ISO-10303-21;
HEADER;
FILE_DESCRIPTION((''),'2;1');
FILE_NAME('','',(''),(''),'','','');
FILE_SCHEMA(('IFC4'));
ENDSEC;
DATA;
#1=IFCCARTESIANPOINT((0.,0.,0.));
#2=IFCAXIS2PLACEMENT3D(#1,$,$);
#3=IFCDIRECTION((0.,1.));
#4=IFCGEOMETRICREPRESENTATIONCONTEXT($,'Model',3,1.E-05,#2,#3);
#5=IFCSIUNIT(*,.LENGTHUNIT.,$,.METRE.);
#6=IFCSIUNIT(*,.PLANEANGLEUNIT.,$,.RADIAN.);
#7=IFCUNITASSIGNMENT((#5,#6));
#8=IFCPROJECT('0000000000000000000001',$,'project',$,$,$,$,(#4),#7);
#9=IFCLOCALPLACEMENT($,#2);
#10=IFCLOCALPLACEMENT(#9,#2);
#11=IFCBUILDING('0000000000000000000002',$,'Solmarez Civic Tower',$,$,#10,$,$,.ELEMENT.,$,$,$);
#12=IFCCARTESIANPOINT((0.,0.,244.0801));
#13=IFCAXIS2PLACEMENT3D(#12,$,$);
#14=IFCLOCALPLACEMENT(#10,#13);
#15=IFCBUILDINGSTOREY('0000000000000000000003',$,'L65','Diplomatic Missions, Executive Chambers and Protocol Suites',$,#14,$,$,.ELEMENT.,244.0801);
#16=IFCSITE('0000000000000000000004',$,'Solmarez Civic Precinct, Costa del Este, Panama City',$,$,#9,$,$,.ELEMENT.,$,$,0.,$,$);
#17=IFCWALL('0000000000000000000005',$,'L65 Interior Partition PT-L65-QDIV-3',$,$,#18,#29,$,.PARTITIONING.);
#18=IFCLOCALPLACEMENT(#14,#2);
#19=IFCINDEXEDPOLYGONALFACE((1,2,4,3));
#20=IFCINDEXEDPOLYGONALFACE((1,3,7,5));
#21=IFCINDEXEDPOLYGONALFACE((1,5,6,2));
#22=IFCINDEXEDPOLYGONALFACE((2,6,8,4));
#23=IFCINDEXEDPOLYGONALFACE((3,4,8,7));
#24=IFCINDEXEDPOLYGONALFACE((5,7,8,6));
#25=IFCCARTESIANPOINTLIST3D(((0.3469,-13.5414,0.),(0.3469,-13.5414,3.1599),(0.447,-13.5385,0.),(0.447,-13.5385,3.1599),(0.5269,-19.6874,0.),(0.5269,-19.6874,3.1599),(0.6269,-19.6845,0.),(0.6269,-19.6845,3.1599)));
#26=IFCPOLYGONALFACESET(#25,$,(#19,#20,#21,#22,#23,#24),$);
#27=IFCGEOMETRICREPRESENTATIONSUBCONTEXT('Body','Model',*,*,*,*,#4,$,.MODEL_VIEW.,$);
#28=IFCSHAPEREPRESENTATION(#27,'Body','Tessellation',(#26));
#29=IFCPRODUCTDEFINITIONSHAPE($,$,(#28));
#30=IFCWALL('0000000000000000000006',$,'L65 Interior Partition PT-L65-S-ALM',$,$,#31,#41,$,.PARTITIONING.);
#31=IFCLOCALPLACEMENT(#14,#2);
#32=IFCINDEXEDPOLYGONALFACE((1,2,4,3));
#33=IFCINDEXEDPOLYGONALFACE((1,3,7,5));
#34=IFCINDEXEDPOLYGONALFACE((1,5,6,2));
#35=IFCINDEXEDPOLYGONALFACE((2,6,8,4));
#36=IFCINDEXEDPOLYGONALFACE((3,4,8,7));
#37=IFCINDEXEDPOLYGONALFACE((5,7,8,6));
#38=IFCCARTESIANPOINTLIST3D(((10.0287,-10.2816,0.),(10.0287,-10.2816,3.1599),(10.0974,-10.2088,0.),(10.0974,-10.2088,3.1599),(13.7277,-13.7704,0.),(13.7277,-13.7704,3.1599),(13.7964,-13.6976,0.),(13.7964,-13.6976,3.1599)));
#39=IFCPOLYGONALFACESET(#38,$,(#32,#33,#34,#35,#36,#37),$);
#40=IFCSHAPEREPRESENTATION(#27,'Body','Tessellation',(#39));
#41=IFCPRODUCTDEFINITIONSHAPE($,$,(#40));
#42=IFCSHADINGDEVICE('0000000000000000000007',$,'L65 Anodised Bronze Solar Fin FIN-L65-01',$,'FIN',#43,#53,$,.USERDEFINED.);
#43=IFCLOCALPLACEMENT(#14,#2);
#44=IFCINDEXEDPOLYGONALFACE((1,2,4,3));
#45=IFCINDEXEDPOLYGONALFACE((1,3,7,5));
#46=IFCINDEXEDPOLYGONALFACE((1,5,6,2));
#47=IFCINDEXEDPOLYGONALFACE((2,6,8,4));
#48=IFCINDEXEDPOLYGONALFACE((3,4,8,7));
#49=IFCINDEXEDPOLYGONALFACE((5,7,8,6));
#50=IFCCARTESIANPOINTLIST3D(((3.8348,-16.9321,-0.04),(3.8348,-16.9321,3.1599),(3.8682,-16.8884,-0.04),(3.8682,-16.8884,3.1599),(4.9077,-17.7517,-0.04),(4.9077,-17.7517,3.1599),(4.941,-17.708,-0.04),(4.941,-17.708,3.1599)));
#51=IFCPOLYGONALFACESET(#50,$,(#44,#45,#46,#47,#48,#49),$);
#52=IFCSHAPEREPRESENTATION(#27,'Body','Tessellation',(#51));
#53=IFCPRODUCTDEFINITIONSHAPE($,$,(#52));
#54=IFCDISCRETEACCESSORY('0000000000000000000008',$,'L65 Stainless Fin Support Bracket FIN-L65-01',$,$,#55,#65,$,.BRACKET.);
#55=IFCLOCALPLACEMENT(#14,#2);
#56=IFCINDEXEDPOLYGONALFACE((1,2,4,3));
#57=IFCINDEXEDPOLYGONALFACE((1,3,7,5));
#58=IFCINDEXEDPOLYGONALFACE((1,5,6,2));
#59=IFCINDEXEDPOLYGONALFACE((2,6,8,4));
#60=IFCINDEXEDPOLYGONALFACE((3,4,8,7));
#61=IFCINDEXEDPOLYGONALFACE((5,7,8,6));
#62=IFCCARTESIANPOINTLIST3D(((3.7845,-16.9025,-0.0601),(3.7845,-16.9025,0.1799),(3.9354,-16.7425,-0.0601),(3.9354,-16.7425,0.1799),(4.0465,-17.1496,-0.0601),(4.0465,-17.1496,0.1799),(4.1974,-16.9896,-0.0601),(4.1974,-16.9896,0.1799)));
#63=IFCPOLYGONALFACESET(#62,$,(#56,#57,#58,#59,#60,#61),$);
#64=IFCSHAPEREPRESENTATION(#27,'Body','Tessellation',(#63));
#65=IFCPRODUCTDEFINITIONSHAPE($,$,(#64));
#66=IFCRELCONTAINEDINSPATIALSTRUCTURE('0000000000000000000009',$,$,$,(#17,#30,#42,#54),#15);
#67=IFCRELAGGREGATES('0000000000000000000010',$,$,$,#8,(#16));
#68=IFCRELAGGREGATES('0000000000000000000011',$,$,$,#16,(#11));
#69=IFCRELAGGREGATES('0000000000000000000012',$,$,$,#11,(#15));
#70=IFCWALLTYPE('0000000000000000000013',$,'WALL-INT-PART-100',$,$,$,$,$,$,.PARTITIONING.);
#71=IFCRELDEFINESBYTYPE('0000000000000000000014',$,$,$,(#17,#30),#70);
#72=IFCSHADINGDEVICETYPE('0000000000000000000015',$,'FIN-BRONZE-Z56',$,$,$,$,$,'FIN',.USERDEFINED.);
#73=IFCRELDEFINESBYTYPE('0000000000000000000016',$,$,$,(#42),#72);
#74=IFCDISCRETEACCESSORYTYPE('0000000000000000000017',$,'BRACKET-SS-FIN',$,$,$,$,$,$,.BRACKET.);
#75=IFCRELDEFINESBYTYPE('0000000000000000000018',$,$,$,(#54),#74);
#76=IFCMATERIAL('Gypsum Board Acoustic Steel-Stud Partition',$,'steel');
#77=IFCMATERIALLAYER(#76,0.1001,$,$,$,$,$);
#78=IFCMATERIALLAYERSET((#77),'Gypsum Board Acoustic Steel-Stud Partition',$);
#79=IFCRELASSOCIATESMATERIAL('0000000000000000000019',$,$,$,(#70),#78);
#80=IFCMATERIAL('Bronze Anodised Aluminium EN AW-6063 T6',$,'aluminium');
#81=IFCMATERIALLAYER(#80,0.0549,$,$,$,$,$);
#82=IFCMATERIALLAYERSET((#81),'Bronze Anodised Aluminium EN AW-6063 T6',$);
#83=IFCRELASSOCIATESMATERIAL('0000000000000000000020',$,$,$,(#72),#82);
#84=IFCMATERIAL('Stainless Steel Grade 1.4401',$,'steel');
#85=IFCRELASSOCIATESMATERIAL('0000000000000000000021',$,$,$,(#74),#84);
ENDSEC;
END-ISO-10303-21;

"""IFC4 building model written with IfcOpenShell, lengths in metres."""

from ifc_helpers import new_model, si_unit, direction, frame, frame_2d, origin, origin_2d, place, context, subcontext, project, spatial, rectangle, extrude, material, layer, layer_set, type_object, element, save


model = new_model("IFC4")

# Units and contexts
model_context = context("Model", 3, precision=1e-05, world=origin(), true_north=direction((0.0, 1.0)))
body_context = subcontext(model_context, "Body", "Model", "MODEL_VIEW")
ifc_project = project(units=[si_unit("LENGTHUNIT", "METRE"), si_unit("PLANEANGLEUNIT", "RADIAN")], contexts=[model_context])

# Site, building, storey
site_placement = place(None, origin())
site = spatial("IfcSite", under=ifc_project, at=site_placement, Name="Solmarez Civic Precinct, Costa del Este, Panama City", CompositionType="ELEMENT", RefElevation=0.0)
building_placement = place(site_placement, origin())
building = spatial("IfcBuilding", under=site, at=building_placement, Name="Solmarez Civic Tower", CompositionType="ELEMENT")
storey_placement = place(building_placement, frame((0.0, 0.0, 244.0801)))
storey = spatial("IfcBuildingStorey", under=building, at=storey_placement, Name="L65", Description="Diplomatic Missions, Executive Chambers and Protocol Suites", CompositionType="ELEMENT", Elevation=244.0801)

# Shared definitions
ifc_material_1 = material(Name="Bronze Anodised Aluminium EN AW-6063 T6", Category="aluminium")

# Walls
ifc_material_2 = material(Name="Gypsum Board Acoustic Steel-Stud Partition", Category="steel")
ifc_layer_1 = layer(ifc_material_2, 0.1001)
ifc_layer_set_1 = layer_set([ifc_layer_1], Name="Gypsum Board Acoustic Steel-Stud Partition")
wall_type_1 = type_object("IfcWallType", Name="WALL-INT-PART-100", PredefinedType="PARTITIONING", material=ifc_layer_set_1)
wall_1_placement = place(storey_placement, frame((0.397, -13.54, 0.0), z_axis=(0.0, 0.0, 1.0), x_axis=(0.029264, -0.999572, 0.0)))
element("IfcWall", 1, at=wall_1_placement, inside=storey, type_object=wall_type_1, Name="L65 Interior Partition PT-L65-QDIV-3", PredefinedType="PARTITIONING", context=body_context, shape_type="SweptSolid", body=[
    extrude(rectangle(XDim=6.1487, YDim=0.1001, at=frame_2d((3.0742, 0.0))), origin(), (0.0, 0.0, 1.0), 3.1599),
])
wall_2_placement = place(storey_placement, frame((10.063, -10.2451, 0.0), z_axis=(0.0, 0.0, 1.0), x_axis=(0.727475, -0.686134, 0.0)))
element("IfcWall", 2, at=wall_2_placement, inside=storey, type_object=wall_type_1, Name="L65 Interior Partition PT-L65-S-ALM", PredefinedType="PARTITIONING", context=body_context, shape_type="SweptSolid", body=[
    extrude(rectangle(XDim=5.0847, YDim=0.1001, at=frame_2d((2.5425, 0.0))), origin(), (0.0, 0.0, 1.0), 3.1599),
])

# Shading device
ifc_layer_2 = layer(ifc_material_1, 0.0549)
ifc_layer_set_2 = layer_set([ifc_layer_2], Name="Bronze Anodised Aluminium EN AW-6063 T6")
shading_device_type = type_object("IfcShadingDeviceType", Name="FIN-BRONZE-Z56", ElementType="FIN", PredefinedType="USERDEFINED", material=ifc_layer_set_2)
shading_device_placement = place(storey_placement, frame((4.3879, -17.3201, -0.04), z_axis=(0.0, 0.0, 1.0), x_axis=(0.794648, -0.607071, 0.0)))
element("IfcShadingDevice", 3, at=shading_device_placement, inside=storey, type_object=shading_device_type, Name="L65 Anodised Bronze Solar Fin FIN-L65-01", ObjectType="FIN", PredefinedType="USERDEFINED", context=body_context, shape_type="SweptSolid", body=[
    extrude(rectangle(XDim=1.3501, YDim=0.0549, at=origin_2d()), origin(), (0.0, 0.0, 1.0), 3.2),
])

# Discrete accessory
ifc_material_3 = material(Name="Stainless Steel Grade 1.4401", Category="steel")
discrete_accessory_type = type_object("IfcDiscreteAccessoryType", Name="BRACKET-SS-FIN", PredefinedType="BRACKET", material=ifc_material_3)
discrete_accessory_placement = place(storey_placement, frame((3.991, -16.946, -0.0601), z_axis=(0.0, 0.0, 1.0), x_axis=(0.727519, -0.686088, 0.0)))
element("IfcDiscreteAccessory", 4, at=discrete_accessory_placement, inside=storey, type_object=discrete_accessory_type, Name="L65 Stainless Fin Support Bracket FIN-L65-01", PredefinedType="BRACKET", context=body_context, shape_type="SweptSolid", body=[
    extrude(rectangle(XDim=0.3601, YDim=0.22, at=origin_2d()), origin(), (0.0, 0.0, 1.0), 0.24),
])

save(model, "model.ifc")
